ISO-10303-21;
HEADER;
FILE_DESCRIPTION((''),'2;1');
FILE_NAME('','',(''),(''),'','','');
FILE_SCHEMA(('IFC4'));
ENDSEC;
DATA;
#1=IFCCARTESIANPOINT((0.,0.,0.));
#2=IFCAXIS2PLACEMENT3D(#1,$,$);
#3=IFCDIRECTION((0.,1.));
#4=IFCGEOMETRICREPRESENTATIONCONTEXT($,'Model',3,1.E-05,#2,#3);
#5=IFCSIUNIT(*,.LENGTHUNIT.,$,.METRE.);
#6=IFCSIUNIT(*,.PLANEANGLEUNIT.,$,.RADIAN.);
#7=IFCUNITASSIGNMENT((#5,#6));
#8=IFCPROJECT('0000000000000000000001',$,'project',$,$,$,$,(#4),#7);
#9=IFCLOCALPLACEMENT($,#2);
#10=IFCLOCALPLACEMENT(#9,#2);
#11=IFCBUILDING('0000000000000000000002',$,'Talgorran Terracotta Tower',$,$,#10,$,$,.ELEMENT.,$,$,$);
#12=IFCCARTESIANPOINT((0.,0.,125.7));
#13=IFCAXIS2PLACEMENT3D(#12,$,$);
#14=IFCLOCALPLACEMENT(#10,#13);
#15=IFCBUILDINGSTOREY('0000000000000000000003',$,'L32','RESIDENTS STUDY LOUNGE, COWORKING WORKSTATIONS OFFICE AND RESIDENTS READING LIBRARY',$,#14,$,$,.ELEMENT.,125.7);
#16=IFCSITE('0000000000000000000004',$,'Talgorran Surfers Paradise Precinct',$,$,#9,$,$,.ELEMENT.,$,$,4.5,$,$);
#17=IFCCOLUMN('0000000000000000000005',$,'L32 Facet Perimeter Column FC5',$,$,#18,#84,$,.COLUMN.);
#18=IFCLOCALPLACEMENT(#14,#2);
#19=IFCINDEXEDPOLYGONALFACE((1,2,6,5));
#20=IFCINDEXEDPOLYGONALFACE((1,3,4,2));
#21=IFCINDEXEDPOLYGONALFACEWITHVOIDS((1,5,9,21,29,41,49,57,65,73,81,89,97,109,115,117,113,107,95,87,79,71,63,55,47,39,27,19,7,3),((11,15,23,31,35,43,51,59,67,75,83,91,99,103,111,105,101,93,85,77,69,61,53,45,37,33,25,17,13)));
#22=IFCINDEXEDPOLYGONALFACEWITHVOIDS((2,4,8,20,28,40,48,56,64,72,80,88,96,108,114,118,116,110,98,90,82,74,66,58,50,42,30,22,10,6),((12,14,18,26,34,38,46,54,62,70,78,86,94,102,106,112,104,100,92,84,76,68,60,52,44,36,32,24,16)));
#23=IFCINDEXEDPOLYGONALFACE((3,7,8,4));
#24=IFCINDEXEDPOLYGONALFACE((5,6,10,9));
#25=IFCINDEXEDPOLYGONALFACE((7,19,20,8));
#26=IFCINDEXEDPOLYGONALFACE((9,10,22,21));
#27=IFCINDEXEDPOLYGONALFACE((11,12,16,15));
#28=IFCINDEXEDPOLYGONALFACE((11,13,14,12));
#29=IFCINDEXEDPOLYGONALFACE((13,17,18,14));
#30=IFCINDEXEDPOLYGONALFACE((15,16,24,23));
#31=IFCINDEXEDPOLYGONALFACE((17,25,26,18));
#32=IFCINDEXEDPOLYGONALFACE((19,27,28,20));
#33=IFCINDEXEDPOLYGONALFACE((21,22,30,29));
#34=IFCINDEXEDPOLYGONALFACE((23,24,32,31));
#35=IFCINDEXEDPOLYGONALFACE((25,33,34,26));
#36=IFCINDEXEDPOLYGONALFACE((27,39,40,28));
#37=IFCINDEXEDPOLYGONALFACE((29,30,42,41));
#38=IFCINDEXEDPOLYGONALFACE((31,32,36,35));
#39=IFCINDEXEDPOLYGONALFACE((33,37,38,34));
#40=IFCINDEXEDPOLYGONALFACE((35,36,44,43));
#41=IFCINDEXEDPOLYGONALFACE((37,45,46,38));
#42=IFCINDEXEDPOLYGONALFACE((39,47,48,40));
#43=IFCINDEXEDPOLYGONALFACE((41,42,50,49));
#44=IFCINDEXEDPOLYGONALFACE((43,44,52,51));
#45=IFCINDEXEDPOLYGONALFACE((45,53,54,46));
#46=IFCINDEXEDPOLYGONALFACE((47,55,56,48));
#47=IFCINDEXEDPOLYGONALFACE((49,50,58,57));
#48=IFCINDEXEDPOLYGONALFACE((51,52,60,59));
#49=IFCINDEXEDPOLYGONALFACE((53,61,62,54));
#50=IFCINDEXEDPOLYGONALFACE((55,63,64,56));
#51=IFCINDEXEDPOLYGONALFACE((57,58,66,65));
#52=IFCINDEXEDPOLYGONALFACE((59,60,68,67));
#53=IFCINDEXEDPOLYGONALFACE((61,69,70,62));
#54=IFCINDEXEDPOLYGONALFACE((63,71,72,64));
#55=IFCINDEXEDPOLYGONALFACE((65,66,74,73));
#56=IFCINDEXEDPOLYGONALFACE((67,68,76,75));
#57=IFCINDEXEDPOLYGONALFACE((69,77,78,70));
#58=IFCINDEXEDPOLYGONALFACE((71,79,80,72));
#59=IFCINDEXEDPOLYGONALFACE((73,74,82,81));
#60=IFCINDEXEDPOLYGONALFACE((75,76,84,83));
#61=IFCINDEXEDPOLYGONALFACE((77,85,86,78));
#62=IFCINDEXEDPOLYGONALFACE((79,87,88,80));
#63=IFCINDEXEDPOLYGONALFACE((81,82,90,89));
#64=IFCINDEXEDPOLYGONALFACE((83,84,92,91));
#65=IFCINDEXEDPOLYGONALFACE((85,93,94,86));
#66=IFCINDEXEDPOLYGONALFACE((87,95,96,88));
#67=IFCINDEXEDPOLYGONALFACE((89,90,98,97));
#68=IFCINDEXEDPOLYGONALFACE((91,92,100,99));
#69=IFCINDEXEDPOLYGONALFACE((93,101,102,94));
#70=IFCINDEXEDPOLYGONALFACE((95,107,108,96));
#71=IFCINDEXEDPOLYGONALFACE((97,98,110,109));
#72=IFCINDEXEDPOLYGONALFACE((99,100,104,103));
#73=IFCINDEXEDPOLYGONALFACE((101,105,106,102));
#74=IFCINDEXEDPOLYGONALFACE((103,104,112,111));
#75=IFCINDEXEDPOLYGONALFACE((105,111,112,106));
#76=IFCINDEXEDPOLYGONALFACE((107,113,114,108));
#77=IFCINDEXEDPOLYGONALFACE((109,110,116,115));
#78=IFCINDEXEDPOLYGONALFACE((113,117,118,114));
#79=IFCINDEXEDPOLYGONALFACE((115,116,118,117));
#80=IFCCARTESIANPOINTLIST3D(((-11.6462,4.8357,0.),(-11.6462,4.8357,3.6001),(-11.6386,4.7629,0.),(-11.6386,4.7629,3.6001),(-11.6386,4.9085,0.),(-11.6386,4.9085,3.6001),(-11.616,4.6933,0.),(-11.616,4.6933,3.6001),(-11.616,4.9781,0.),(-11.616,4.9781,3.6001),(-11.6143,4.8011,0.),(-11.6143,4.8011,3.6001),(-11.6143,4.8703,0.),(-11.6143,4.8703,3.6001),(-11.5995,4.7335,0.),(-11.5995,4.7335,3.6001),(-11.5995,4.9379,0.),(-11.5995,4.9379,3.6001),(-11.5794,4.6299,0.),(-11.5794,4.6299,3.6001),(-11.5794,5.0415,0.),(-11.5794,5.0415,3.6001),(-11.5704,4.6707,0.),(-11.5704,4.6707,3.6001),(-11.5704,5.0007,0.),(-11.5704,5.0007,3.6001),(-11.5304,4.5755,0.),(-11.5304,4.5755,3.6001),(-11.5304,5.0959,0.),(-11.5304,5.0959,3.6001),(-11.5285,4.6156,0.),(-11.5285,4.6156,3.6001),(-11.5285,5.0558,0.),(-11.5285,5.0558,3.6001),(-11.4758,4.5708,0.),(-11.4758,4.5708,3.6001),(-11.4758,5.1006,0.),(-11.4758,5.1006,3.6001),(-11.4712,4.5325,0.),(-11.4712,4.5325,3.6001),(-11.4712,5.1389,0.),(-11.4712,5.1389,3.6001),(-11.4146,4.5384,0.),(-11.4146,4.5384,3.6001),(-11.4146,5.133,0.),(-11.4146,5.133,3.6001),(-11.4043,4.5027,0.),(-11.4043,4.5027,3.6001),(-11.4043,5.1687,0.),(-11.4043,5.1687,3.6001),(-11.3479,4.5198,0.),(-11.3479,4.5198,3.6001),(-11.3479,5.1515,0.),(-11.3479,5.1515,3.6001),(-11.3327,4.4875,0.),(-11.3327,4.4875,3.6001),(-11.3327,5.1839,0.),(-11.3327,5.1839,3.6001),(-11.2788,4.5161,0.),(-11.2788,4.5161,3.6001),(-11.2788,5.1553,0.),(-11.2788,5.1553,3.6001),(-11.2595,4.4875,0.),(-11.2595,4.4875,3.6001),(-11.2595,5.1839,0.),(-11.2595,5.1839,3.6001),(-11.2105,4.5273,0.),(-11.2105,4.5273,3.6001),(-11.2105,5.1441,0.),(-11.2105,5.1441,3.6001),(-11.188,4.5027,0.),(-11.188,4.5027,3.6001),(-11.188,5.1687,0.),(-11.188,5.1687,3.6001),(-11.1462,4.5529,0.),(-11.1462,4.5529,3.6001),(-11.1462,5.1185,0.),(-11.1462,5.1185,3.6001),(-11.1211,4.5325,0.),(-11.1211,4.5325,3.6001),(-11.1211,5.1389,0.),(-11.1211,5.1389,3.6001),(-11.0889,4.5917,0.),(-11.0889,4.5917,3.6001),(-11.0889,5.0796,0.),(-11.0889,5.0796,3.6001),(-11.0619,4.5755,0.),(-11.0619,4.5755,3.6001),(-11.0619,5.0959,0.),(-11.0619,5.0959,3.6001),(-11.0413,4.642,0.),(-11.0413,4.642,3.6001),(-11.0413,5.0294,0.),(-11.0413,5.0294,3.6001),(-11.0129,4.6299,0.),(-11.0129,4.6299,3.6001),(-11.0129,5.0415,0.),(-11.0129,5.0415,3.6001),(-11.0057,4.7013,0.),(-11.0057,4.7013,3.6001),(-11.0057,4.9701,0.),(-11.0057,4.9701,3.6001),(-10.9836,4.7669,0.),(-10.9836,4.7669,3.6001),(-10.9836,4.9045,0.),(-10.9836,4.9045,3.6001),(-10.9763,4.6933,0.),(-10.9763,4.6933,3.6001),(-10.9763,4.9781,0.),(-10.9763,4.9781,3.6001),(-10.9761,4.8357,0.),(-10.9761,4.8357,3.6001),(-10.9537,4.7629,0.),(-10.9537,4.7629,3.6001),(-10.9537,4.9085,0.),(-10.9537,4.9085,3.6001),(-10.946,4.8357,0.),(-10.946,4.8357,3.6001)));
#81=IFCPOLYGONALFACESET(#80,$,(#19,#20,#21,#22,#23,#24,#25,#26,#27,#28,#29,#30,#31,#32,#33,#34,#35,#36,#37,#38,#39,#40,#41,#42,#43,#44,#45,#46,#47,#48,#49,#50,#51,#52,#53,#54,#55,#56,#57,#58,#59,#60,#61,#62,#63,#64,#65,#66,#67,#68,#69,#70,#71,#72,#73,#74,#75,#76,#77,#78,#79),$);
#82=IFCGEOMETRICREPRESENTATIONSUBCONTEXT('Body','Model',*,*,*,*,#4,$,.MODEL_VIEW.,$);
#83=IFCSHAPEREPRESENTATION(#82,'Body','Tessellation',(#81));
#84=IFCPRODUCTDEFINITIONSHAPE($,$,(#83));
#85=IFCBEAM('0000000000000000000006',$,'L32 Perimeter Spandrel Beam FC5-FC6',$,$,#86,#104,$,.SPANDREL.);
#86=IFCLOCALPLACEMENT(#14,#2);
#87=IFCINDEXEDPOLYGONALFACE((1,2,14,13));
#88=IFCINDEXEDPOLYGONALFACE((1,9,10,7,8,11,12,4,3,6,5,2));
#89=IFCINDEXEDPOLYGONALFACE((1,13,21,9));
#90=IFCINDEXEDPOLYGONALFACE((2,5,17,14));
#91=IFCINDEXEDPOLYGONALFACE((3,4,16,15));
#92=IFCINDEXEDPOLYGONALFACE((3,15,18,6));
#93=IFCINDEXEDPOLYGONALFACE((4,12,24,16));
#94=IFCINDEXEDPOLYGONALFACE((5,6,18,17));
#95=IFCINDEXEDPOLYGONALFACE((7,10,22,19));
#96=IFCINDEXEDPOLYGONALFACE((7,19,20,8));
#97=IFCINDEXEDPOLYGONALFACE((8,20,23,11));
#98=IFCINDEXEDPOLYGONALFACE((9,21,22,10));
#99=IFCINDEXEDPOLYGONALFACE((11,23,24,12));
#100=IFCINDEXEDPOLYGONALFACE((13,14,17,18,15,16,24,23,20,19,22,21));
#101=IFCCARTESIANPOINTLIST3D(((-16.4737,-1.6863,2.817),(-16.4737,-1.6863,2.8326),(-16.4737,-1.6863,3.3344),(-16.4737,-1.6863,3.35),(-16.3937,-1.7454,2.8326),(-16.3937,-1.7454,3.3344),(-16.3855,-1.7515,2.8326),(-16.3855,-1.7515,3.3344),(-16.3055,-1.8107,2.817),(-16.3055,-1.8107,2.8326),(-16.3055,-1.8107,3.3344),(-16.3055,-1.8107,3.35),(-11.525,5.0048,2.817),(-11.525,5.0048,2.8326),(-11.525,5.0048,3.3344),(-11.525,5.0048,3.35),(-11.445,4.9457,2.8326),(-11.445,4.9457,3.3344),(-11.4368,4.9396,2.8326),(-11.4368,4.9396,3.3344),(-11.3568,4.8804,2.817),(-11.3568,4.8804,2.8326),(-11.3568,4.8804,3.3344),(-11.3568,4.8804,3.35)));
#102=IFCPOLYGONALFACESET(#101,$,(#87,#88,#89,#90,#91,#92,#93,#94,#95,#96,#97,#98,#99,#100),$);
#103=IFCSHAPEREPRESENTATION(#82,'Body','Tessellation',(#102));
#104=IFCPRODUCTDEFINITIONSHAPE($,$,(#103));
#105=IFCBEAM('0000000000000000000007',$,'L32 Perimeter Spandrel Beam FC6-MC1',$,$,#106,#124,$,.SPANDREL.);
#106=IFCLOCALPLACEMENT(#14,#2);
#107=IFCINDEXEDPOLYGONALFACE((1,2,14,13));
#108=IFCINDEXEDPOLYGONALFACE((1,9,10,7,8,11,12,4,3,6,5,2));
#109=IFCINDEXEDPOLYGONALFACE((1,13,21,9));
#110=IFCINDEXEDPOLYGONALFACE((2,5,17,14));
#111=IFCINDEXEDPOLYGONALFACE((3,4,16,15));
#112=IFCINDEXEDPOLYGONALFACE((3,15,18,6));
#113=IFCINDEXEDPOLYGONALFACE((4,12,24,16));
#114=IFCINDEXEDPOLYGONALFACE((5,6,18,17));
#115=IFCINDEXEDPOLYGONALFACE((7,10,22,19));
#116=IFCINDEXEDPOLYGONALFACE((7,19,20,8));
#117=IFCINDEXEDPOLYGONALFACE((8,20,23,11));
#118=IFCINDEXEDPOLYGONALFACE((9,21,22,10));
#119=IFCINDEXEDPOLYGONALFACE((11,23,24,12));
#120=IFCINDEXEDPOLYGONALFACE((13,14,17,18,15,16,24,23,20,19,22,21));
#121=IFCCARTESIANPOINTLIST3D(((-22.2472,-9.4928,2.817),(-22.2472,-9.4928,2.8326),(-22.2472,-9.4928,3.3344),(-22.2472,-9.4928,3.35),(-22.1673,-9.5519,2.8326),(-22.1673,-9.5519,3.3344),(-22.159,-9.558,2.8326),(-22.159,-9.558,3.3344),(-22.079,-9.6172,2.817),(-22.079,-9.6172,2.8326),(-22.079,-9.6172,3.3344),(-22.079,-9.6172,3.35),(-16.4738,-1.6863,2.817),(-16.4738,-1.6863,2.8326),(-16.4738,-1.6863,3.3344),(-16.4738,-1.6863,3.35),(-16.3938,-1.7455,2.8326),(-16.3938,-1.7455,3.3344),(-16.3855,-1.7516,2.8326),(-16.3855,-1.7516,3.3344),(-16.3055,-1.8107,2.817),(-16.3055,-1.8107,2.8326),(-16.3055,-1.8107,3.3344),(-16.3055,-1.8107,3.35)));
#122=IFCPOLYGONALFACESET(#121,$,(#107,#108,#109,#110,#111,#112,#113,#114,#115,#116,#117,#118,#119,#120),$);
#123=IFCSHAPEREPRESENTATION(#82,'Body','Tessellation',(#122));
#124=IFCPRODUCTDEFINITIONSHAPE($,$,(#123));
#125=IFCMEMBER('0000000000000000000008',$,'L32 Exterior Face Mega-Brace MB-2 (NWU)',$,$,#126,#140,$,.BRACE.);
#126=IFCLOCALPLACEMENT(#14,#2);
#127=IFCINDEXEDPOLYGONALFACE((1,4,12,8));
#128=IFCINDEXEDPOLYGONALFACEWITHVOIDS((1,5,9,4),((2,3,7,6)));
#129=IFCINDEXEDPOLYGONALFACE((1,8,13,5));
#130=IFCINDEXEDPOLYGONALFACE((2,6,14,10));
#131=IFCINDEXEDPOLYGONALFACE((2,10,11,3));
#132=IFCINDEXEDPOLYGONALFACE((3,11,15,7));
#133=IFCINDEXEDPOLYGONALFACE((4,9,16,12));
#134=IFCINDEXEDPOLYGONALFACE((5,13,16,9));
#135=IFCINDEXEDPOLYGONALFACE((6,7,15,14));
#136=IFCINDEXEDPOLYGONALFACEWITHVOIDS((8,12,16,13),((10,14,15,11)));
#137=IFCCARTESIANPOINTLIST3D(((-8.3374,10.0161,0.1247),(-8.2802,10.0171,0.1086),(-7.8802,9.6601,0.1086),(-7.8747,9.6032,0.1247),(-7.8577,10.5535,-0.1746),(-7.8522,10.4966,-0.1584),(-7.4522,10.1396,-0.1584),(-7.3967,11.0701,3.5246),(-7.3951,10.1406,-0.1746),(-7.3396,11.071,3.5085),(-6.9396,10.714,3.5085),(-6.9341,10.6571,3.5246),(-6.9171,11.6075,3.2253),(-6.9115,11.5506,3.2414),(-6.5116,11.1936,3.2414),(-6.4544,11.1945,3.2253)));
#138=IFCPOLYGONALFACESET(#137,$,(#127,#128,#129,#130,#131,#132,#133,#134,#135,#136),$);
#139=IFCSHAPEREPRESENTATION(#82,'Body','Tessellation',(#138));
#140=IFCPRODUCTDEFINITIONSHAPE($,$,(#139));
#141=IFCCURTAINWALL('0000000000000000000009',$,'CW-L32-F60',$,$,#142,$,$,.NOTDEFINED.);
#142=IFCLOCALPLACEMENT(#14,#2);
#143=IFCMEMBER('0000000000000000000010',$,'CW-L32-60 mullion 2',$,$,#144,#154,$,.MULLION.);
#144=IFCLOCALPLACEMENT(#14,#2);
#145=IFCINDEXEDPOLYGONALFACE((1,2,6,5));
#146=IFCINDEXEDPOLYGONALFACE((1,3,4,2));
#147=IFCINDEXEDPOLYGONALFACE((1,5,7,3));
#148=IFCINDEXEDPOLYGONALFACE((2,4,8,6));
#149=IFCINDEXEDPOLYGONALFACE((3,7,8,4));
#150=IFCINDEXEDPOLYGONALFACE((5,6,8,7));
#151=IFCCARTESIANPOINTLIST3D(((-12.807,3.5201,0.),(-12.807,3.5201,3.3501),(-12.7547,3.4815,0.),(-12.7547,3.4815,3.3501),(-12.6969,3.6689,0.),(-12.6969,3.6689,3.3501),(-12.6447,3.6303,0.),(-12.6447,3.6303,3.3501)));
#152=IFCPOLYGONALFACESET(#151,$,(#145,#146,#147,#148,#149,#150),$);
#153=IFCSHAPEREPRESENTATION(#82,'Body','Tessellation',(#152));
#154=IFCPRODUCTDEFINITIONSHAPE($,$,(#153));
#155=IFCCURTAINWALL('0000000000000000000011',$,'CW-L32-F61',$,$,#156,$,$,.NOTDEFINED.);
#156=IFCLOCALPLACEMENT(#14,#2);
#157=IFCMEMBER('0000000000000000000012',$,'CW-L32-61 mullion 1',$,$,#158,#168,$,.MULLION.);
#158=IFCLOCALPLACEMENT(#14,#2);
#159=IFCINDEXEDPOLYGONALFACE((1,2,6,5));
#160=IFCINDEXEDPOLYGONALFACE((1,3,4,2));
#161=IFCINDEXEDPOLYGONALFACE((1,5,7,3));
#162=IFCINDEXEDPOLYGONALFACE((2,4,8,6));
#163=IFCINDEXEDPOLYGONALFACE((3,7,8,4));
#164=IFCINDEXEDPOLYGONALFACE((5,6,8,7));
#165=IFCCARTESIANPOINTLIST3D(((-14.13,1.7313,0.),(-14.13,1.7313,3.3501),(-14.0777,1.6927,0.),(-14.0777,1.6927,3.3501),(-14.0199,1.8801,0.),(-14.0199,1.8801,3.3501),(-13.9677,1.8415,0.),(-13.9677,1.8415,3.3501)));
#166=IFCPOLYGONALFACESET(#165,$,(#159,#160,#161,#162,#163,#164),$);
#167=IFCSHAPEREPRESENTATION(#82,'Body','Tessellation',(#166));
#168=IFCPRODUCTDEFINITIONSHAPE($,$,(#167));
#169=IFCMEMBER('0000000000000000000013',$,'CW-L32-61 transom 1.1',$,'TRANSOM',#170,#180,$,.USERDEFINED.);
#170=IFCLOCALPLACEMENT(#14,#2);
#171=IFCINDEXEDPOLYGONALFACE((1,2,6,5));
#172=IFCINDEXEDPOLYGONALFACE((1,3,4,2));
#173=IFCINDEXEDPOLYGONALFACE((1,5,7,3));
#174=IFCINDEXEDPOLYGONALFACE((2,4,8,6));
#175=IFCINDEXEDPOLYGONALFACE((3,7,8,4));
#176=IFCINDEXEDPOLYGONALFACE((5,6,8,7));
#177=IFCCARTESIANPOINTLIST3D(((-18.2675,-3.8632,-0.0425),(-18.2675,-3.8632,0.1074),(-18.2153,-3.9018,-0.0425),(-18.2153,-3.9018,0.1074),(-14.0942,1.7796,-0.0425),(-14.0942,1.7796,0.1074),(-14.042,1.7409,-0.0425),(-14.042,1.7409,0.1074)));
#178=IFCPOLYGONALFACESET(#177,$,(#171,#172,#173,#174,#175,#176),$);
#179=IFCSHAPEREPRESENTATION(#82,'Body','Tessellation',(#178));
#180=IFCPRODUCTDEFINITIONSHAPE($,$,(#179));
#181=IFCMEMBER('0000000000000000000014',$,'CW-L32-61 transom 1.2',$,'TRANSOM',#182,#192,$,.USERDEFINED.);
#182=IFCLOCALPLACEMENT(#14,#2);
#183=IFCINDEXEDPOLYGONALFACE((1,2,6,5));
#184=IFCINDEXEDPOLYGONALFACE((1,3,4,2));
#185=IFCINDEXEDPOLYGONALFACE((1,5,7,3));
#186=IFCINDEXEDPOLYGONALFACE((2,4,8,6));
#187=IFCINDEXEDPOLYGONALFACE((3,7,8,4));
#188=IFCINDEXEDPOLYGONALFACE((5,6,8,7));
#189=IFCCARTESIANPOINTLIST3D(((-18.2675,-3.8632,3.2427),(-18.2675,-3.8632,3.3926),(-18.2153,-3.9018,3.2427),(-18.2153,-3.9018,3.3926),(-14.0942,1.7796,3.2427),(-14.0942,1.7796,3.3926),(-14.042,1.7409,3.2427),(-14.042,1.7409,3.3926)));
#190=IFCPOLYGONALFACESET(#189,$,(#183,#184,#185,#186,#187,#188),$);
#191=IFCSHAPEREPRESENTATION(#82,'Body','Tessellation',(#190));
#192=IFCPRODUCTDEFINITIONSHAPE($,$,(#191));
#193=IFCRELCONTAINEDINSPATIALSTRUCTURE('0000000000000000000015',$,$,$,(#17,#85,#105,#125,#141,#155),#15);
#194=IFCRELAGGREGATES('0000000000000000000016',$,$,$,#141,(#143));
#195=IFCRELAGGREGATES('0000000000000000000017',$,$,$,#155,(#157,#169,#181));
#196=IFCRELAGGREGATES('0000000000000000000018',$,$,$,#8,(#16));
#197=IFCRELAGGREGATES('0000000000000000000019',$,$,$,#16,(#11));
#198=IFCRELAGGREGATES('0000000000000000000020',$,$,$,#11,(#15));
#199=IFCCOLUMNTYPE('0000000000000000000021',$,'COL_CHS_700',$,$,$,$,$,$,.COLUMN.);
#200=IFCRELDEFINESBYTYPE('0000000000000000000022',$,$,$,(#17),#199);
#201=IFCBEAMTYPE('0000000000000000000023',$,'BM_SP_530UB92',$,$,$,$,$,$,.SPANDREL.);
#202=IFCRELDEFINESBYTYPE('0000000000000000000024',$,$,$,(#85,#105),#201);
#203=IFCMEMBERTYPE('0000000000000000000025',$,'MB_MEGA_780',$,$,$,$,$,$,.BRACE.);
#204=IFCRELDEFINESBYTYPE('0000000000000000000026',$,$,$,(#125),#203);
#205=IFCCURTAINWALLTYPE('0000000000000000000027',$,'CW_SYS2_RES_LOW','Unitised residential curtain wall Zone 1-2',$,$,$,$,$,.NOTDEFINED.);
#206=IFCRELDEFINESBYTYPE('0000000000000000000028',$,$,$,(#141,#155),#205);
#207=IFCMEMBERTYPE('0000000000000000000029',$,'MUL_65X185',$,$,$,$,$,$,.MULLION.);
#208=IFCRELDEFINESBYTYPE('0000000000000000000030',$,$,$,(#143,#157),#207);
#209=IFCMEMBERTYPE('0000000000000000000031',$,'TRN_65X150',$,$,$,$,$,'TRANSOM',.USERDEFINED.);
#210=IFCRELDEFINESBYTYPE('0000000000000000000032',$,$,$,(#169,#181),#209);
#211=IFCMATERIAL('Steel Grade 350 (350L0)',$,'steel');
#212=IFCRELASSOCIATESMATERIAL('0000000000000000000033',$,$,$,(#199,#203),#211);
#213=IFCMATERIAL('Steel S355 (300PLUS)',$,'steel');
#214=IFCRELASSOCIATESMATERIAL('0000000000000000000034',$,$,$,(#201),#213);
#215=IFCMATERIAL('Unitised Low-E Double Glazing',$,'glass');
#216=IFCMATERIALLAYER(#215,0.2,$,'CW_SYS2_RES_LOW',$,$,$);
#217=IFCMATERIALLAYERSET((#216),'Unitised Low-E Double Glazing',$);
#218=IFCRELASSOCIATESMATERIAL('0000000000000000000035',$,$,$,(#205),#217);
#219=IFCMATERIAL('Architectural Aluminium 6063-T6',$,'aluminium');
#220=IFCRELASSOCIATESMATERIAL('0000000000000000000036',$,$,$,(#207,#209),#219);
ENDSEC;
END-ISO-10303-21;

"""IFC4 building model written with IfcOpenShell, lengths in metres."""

from ifc_helpers import new_model, si_unit, direction, frame, origin, origin_2d, place, context, subcontext, project, spatial, rectangle, hollow_rectangle, hollow_circle, i_section, extrude, material, layer, layer_set, material_profile, profile_set, type_object, element, aggregate, save


model = new_model("IFC4")

# Units and contexts
model_context = context("Model", 3, precision=1e-05, world=origin(), true_north=direction((0.0, 1.0)))
body_context = subcontext(model_context, "Body", "Model", "MODEL_VIEW")
ifc_project = project(units=[si_unit("LENGTHUNIT", "METRE"), si_unit("PLANEANGLEUNIT", "RADIAN")], contexts=[model_context])

# Site, building, storey
site_placement = place(None, origin())
site = spatial("IfcSite", under=ifc_project, at=site_placement, Name="Talgorran Surfers Paradise Precinct", CompositionType="ELEMENT", RefElevation=4.5)
building_placement = place(site_placement, origin())
building = spatial("IfcBuilding", under=site, at=building_placement, Name="Talgorran Terracotta Tower", CompositionType="ELEMENT")
storey_placement = place(building_placement, frame((0.0, 0.0, 125.7)))
storey = spatial("IfcBuildingStorey", under=building, at=storey_placement, Name="L32", Description="RESIDENTS STUDY LOUNGE, COWORKING WORKSTATIONS OFFICE AND RESIDENTS READING LIBRARY", CompositionType="ELEMENT", Elevation=125.7)

# Column
ifc_material_1 = material(Name="Steel Grade 350 (350L0)", Category="steel")
ifc_material_profile_1 = material_profile(ifc_material_1, hollow_circle(Radius=0.3501, WallThickness=0.03, at=origin_2d()), Name="CHS700X30")
ifc_profile_set_1 = profile_set([ifc_material_profile_1], Name="Steel Grade 350 (350L0)")
column_type = type_object("IfcColumnType", Name="COL_CHS_700", PredefinedType="COLUMN", material=ifc_profile_set_1)
column_placement = place(storey_placement, frame((-11.2961, 4.8357, 0.0), z_axis=(0.0, 0.0, 1.0), x_axis=(1.0, 0.0, 0.0)))
element("IfcColumn", 1, at=column_placement, inside=storey, type_object=column_type, Name="L32 Facet Perimeter Column FC5", PredefinedType="COLUMN", context=body_context, shape_type="SweptSolid", body=[
    extrude(hollow_circle(Radius=0.3501, WallThickness=0.03, at=origin_2d()), origin(), (0.0, 0.0, 1.0), 3.6001),
])

# Beams
ifc_material_2 = material(Name="Steel S355 (300PLUS)", Category="steel")
ifc_material_profile_2 = material_profile(ifc_material_2, i_section(OverallWidth=0.2092, OverallDepth=0.533, WebThickness=0.0103, FlangeThickness=0.0156, at=origin_2d()), Name="530UB92.4")
ifc_profile_set_2 = profile_set([ifc_material_profile_2], Name="Steel S355 (300PLUS)")
beam_type = type_object("IfcBeamType", Name="BM_SP_530UB92", PredefinedType="SPANDREL", material=ifc_profile_set_2)
beam_1_placement = place(storey_placement, frame((-11.4409, 4.9426, 3.0835), z_axis=(-0.594631, -0.803999, 0.0), x_axis=(0.803999, -0.594631, 0.0)))
element("IfcBeam", 2, at=beam_1_placement, inside=storey, type_object=beam_type, Name="L32 Perimeter Spandrel Beam FC5-FC6", PredefinedType="SPANDREL", context=body_context, shape_type="SweptSolid", body=[
    extrude(i_section(OverallWidth=0.2092, OverallDepth=0.533, WebThickness=0.0103, FlangeThickness=0.0156, at=origin_2d()), origin(), (0.0, 0.0, 1.0), 8.3223),
])
beam_2_placement = place(storey_placement, frame((-16.3896, -1.7485, 3.0835), z_axis=(-0.594624, -0.804004, 0.0), x_axis=(0.804004, -0.594624, 0.0)))
element("IfcBeam", 3, at=beam_2_placement, inside=storey, type_object=beam_type, Name="L32 Perimeter Spandrel Beam FC6-MC1", PredefinedType="SPANDREL", context=body_context, shape_type="SweptSolid", body=[
    extrude(i_section(OverallWidth=0.2092, OverallDepth=0.533, WebThickness=0.0103, FlangeThickness=0.0156, at=origin_2d()), origin(), (0.0, 0.0, 1.0), 9.7095),
])

# Member
ifc_material_profile_3 = material_profile(ifc_material_1, hollow_rectangle(XDim=0.6201, YDim=0.78, WallThickness=0.042, at=origin_2d()), Name="WBOX780X620X42")
ifc_profile_set_3 = profile_set([ifc_material_profile_3], Name="Steel Grade 350 (350L0)")
member_type_1 = type_object("IfcMemberType", Name="MB_MEGA_780", PredefinedType="BRACE", material=ifc_profile_set_3)
member_1_placement = place(storey_placement, frame((-7.8662, 10.0784, -0.0249), z_axis=(0.255499, 0.286267, 0.923456), x_axis=(-0.746063, 0.665875, 0.0)))
element("IfcMember", 4, at=member_1_placement, inside=storey, type_object=member_type_1, Name="L32 Exterior Face Mega-Brace MB-2 (NWU)", PredefinedType="BRACE", context=body_context, shape_type="SweptSolid", body=[
    extrude(hollow_rectangle(XDim=0.6201, YDim=0.78, WallThickness=0.042, at=origin_2d()), origin(), (0.0, 0.0, 1.0), 3.6816),
])

# Curtain wall, member
ifc_material_3 = material(Name="Unitised Low-E Double Glazing", Category="glass")
ifc_layer_1 = layer(ifc_material_3, 0.2, Name="CW_SYS2_RES_LOW")
ifc_layer_set_1 = layer_set([ifc_layer_1], Name="Unitised Low-E Double Glazing")
curtain_wall_type = type_object("IfcCurtainWallType", Name="CW_SYS2_RES_LOW", Description="Unitised residential curtain wall Zone 1-2", PredefinedType="NOTDEFINED", material=ifc_layer_set_1)
curtain_wall_1_placement = place(storey_placement, origin())
curtain_wall_1 = element("IfcCurtainWall", 5, at=curtain_wall_1_placement, inside=storey, type_object=curtain_wall_type, Name="CW-L32-F60", PredefinedType="NOTDEFINED")
ifc_material_4 = material(Name="Architectural Aluminium 6063-T6", Category="aluminium")
ifc_material_profile_4 = material_profile(ifc_material_4, rectangle(XDim=0.0649, YDim=0.1851, at=origin_2d()), Name="CWM65X185")
ifc_profile_set_4 = profile_set([ifc_material_profile_4], Name="Architectural Aluminium 6063-T6")
member_type_2 = type_object("IfcMemberType", Name="MUL_65X185", PredefinedType="MULLION", material=ifc_profile_set_4)
member_2_placement = place(storey_placement, frame((-12.7258, 3.5752, 0.0), z_axis=(0.0, 0.0, 1.0), x_axis=(0.803994, -0.594637, 0.0)))
member_2 = element("IfcMember", 6, at=member_2_placement, type_object=member_type_2, Name="CW-L32-60 mullion 2", PredefinedType="MULLION", context=body_context, shape_type="SweptSolid", body=[
    extrude(rectangle(XDim=0.0649, YDim=0.1851, at=origin_2d()), origin(), (0.0, 0.0, 1.0), 3.3501),
])

# Curtain wall, members
curtain_wall_2_placement = place(storey_placement, origin())
curtain_wall_2 = element("IfcCurtainWall", 7, at=curtain_wall_2_placement, inside=storey, type_object=curtain_wall_type, Name="CW-L32-F61", PredefinedType="NOTDEFINED")
member_3_placement = place(storey_placement, frame((-14.0488, 1.7864, 0.0), z_axis=(0.0, 0.0, 1.0), x_axis=(0.803994, -0.594637, 0.0)))
member_3 = element("IfcMember", 8, at=member_3_placement, type_object=member_type_2, Name="CW-L32-61 mullion 1", PredefinedType="MULLION", context=body_context, shape_type="SweptSolid", body=[
    extrude(rectangle(XDim=0.0649, YDim=0.1851, at=origin_2d()), origin(), (0.0, 0.0, 1.0), 3.3501),
])
ifc_material_profile_5 = material_profile(ifc_material_4, rectangle(XDim=0.0649, YDim=0.1499, at=origin_2d()), Name="CWT65X150")
ifc_profile_set_5 = profile_set([ifc_material_profile_5], Name="Architectural Aluminium 6063-T6")
member_type_3 = type_object("IfcMemberType", Name="TRN_65X150", ElementType="TRANSOM", PredefinedType="USERDEFINED", material=ifc_profile_set_5)
member_4_placement = place(storey_placement, frame((-14.0681, 1.7603, 0.0325), z_axis=(-0.594627, -0.804002, 0.0), x_axis=(0.804002, -0.594627, 0.0)))
member_4 = element("IfcMember", 9, at=member_4_placement, type_object=member_type_3, Name="CW-L32-61 transom 1.1", ObjectType="TRANSOM", PredefinedType="USERDEFINED", context=body_context, shape_type="SweptSolid", body=[
    extrude(rectangle(XDim=0.0649, YDim=0.1499, at=origin_2d()), origin(), (0.0, 0.0, 1.0), 7.0183),
])
member_5_placement = place(storey_placement, frame((-14.0681, 1.7603, 3.3176), z_axis=(-0.594627, -0.804002, 0.0), x_axis=(0.804002, -0.594627, 0.0)))
member_5 = element("IfcMember", 10, at=member_5_placement, type_object=member_type_3, Name="CW-L32-61 transom 1.2", ObjectType="TRANSOM", PredefinedType="USERDEFINED", context=body_context, shape_type="SweptSolid", body=[
    extrude(rectangle(XDim=0.0649, YDim=0.1499, at=origin_2d()), origin(), (0.0, 0.0, 1.0), 7.0183),
])

aggregate(curtain_wall_1, [member_2])
aggregate(curtain_wall_2, [member_3, member_4, member_5])

save(model, "model.ifc")
